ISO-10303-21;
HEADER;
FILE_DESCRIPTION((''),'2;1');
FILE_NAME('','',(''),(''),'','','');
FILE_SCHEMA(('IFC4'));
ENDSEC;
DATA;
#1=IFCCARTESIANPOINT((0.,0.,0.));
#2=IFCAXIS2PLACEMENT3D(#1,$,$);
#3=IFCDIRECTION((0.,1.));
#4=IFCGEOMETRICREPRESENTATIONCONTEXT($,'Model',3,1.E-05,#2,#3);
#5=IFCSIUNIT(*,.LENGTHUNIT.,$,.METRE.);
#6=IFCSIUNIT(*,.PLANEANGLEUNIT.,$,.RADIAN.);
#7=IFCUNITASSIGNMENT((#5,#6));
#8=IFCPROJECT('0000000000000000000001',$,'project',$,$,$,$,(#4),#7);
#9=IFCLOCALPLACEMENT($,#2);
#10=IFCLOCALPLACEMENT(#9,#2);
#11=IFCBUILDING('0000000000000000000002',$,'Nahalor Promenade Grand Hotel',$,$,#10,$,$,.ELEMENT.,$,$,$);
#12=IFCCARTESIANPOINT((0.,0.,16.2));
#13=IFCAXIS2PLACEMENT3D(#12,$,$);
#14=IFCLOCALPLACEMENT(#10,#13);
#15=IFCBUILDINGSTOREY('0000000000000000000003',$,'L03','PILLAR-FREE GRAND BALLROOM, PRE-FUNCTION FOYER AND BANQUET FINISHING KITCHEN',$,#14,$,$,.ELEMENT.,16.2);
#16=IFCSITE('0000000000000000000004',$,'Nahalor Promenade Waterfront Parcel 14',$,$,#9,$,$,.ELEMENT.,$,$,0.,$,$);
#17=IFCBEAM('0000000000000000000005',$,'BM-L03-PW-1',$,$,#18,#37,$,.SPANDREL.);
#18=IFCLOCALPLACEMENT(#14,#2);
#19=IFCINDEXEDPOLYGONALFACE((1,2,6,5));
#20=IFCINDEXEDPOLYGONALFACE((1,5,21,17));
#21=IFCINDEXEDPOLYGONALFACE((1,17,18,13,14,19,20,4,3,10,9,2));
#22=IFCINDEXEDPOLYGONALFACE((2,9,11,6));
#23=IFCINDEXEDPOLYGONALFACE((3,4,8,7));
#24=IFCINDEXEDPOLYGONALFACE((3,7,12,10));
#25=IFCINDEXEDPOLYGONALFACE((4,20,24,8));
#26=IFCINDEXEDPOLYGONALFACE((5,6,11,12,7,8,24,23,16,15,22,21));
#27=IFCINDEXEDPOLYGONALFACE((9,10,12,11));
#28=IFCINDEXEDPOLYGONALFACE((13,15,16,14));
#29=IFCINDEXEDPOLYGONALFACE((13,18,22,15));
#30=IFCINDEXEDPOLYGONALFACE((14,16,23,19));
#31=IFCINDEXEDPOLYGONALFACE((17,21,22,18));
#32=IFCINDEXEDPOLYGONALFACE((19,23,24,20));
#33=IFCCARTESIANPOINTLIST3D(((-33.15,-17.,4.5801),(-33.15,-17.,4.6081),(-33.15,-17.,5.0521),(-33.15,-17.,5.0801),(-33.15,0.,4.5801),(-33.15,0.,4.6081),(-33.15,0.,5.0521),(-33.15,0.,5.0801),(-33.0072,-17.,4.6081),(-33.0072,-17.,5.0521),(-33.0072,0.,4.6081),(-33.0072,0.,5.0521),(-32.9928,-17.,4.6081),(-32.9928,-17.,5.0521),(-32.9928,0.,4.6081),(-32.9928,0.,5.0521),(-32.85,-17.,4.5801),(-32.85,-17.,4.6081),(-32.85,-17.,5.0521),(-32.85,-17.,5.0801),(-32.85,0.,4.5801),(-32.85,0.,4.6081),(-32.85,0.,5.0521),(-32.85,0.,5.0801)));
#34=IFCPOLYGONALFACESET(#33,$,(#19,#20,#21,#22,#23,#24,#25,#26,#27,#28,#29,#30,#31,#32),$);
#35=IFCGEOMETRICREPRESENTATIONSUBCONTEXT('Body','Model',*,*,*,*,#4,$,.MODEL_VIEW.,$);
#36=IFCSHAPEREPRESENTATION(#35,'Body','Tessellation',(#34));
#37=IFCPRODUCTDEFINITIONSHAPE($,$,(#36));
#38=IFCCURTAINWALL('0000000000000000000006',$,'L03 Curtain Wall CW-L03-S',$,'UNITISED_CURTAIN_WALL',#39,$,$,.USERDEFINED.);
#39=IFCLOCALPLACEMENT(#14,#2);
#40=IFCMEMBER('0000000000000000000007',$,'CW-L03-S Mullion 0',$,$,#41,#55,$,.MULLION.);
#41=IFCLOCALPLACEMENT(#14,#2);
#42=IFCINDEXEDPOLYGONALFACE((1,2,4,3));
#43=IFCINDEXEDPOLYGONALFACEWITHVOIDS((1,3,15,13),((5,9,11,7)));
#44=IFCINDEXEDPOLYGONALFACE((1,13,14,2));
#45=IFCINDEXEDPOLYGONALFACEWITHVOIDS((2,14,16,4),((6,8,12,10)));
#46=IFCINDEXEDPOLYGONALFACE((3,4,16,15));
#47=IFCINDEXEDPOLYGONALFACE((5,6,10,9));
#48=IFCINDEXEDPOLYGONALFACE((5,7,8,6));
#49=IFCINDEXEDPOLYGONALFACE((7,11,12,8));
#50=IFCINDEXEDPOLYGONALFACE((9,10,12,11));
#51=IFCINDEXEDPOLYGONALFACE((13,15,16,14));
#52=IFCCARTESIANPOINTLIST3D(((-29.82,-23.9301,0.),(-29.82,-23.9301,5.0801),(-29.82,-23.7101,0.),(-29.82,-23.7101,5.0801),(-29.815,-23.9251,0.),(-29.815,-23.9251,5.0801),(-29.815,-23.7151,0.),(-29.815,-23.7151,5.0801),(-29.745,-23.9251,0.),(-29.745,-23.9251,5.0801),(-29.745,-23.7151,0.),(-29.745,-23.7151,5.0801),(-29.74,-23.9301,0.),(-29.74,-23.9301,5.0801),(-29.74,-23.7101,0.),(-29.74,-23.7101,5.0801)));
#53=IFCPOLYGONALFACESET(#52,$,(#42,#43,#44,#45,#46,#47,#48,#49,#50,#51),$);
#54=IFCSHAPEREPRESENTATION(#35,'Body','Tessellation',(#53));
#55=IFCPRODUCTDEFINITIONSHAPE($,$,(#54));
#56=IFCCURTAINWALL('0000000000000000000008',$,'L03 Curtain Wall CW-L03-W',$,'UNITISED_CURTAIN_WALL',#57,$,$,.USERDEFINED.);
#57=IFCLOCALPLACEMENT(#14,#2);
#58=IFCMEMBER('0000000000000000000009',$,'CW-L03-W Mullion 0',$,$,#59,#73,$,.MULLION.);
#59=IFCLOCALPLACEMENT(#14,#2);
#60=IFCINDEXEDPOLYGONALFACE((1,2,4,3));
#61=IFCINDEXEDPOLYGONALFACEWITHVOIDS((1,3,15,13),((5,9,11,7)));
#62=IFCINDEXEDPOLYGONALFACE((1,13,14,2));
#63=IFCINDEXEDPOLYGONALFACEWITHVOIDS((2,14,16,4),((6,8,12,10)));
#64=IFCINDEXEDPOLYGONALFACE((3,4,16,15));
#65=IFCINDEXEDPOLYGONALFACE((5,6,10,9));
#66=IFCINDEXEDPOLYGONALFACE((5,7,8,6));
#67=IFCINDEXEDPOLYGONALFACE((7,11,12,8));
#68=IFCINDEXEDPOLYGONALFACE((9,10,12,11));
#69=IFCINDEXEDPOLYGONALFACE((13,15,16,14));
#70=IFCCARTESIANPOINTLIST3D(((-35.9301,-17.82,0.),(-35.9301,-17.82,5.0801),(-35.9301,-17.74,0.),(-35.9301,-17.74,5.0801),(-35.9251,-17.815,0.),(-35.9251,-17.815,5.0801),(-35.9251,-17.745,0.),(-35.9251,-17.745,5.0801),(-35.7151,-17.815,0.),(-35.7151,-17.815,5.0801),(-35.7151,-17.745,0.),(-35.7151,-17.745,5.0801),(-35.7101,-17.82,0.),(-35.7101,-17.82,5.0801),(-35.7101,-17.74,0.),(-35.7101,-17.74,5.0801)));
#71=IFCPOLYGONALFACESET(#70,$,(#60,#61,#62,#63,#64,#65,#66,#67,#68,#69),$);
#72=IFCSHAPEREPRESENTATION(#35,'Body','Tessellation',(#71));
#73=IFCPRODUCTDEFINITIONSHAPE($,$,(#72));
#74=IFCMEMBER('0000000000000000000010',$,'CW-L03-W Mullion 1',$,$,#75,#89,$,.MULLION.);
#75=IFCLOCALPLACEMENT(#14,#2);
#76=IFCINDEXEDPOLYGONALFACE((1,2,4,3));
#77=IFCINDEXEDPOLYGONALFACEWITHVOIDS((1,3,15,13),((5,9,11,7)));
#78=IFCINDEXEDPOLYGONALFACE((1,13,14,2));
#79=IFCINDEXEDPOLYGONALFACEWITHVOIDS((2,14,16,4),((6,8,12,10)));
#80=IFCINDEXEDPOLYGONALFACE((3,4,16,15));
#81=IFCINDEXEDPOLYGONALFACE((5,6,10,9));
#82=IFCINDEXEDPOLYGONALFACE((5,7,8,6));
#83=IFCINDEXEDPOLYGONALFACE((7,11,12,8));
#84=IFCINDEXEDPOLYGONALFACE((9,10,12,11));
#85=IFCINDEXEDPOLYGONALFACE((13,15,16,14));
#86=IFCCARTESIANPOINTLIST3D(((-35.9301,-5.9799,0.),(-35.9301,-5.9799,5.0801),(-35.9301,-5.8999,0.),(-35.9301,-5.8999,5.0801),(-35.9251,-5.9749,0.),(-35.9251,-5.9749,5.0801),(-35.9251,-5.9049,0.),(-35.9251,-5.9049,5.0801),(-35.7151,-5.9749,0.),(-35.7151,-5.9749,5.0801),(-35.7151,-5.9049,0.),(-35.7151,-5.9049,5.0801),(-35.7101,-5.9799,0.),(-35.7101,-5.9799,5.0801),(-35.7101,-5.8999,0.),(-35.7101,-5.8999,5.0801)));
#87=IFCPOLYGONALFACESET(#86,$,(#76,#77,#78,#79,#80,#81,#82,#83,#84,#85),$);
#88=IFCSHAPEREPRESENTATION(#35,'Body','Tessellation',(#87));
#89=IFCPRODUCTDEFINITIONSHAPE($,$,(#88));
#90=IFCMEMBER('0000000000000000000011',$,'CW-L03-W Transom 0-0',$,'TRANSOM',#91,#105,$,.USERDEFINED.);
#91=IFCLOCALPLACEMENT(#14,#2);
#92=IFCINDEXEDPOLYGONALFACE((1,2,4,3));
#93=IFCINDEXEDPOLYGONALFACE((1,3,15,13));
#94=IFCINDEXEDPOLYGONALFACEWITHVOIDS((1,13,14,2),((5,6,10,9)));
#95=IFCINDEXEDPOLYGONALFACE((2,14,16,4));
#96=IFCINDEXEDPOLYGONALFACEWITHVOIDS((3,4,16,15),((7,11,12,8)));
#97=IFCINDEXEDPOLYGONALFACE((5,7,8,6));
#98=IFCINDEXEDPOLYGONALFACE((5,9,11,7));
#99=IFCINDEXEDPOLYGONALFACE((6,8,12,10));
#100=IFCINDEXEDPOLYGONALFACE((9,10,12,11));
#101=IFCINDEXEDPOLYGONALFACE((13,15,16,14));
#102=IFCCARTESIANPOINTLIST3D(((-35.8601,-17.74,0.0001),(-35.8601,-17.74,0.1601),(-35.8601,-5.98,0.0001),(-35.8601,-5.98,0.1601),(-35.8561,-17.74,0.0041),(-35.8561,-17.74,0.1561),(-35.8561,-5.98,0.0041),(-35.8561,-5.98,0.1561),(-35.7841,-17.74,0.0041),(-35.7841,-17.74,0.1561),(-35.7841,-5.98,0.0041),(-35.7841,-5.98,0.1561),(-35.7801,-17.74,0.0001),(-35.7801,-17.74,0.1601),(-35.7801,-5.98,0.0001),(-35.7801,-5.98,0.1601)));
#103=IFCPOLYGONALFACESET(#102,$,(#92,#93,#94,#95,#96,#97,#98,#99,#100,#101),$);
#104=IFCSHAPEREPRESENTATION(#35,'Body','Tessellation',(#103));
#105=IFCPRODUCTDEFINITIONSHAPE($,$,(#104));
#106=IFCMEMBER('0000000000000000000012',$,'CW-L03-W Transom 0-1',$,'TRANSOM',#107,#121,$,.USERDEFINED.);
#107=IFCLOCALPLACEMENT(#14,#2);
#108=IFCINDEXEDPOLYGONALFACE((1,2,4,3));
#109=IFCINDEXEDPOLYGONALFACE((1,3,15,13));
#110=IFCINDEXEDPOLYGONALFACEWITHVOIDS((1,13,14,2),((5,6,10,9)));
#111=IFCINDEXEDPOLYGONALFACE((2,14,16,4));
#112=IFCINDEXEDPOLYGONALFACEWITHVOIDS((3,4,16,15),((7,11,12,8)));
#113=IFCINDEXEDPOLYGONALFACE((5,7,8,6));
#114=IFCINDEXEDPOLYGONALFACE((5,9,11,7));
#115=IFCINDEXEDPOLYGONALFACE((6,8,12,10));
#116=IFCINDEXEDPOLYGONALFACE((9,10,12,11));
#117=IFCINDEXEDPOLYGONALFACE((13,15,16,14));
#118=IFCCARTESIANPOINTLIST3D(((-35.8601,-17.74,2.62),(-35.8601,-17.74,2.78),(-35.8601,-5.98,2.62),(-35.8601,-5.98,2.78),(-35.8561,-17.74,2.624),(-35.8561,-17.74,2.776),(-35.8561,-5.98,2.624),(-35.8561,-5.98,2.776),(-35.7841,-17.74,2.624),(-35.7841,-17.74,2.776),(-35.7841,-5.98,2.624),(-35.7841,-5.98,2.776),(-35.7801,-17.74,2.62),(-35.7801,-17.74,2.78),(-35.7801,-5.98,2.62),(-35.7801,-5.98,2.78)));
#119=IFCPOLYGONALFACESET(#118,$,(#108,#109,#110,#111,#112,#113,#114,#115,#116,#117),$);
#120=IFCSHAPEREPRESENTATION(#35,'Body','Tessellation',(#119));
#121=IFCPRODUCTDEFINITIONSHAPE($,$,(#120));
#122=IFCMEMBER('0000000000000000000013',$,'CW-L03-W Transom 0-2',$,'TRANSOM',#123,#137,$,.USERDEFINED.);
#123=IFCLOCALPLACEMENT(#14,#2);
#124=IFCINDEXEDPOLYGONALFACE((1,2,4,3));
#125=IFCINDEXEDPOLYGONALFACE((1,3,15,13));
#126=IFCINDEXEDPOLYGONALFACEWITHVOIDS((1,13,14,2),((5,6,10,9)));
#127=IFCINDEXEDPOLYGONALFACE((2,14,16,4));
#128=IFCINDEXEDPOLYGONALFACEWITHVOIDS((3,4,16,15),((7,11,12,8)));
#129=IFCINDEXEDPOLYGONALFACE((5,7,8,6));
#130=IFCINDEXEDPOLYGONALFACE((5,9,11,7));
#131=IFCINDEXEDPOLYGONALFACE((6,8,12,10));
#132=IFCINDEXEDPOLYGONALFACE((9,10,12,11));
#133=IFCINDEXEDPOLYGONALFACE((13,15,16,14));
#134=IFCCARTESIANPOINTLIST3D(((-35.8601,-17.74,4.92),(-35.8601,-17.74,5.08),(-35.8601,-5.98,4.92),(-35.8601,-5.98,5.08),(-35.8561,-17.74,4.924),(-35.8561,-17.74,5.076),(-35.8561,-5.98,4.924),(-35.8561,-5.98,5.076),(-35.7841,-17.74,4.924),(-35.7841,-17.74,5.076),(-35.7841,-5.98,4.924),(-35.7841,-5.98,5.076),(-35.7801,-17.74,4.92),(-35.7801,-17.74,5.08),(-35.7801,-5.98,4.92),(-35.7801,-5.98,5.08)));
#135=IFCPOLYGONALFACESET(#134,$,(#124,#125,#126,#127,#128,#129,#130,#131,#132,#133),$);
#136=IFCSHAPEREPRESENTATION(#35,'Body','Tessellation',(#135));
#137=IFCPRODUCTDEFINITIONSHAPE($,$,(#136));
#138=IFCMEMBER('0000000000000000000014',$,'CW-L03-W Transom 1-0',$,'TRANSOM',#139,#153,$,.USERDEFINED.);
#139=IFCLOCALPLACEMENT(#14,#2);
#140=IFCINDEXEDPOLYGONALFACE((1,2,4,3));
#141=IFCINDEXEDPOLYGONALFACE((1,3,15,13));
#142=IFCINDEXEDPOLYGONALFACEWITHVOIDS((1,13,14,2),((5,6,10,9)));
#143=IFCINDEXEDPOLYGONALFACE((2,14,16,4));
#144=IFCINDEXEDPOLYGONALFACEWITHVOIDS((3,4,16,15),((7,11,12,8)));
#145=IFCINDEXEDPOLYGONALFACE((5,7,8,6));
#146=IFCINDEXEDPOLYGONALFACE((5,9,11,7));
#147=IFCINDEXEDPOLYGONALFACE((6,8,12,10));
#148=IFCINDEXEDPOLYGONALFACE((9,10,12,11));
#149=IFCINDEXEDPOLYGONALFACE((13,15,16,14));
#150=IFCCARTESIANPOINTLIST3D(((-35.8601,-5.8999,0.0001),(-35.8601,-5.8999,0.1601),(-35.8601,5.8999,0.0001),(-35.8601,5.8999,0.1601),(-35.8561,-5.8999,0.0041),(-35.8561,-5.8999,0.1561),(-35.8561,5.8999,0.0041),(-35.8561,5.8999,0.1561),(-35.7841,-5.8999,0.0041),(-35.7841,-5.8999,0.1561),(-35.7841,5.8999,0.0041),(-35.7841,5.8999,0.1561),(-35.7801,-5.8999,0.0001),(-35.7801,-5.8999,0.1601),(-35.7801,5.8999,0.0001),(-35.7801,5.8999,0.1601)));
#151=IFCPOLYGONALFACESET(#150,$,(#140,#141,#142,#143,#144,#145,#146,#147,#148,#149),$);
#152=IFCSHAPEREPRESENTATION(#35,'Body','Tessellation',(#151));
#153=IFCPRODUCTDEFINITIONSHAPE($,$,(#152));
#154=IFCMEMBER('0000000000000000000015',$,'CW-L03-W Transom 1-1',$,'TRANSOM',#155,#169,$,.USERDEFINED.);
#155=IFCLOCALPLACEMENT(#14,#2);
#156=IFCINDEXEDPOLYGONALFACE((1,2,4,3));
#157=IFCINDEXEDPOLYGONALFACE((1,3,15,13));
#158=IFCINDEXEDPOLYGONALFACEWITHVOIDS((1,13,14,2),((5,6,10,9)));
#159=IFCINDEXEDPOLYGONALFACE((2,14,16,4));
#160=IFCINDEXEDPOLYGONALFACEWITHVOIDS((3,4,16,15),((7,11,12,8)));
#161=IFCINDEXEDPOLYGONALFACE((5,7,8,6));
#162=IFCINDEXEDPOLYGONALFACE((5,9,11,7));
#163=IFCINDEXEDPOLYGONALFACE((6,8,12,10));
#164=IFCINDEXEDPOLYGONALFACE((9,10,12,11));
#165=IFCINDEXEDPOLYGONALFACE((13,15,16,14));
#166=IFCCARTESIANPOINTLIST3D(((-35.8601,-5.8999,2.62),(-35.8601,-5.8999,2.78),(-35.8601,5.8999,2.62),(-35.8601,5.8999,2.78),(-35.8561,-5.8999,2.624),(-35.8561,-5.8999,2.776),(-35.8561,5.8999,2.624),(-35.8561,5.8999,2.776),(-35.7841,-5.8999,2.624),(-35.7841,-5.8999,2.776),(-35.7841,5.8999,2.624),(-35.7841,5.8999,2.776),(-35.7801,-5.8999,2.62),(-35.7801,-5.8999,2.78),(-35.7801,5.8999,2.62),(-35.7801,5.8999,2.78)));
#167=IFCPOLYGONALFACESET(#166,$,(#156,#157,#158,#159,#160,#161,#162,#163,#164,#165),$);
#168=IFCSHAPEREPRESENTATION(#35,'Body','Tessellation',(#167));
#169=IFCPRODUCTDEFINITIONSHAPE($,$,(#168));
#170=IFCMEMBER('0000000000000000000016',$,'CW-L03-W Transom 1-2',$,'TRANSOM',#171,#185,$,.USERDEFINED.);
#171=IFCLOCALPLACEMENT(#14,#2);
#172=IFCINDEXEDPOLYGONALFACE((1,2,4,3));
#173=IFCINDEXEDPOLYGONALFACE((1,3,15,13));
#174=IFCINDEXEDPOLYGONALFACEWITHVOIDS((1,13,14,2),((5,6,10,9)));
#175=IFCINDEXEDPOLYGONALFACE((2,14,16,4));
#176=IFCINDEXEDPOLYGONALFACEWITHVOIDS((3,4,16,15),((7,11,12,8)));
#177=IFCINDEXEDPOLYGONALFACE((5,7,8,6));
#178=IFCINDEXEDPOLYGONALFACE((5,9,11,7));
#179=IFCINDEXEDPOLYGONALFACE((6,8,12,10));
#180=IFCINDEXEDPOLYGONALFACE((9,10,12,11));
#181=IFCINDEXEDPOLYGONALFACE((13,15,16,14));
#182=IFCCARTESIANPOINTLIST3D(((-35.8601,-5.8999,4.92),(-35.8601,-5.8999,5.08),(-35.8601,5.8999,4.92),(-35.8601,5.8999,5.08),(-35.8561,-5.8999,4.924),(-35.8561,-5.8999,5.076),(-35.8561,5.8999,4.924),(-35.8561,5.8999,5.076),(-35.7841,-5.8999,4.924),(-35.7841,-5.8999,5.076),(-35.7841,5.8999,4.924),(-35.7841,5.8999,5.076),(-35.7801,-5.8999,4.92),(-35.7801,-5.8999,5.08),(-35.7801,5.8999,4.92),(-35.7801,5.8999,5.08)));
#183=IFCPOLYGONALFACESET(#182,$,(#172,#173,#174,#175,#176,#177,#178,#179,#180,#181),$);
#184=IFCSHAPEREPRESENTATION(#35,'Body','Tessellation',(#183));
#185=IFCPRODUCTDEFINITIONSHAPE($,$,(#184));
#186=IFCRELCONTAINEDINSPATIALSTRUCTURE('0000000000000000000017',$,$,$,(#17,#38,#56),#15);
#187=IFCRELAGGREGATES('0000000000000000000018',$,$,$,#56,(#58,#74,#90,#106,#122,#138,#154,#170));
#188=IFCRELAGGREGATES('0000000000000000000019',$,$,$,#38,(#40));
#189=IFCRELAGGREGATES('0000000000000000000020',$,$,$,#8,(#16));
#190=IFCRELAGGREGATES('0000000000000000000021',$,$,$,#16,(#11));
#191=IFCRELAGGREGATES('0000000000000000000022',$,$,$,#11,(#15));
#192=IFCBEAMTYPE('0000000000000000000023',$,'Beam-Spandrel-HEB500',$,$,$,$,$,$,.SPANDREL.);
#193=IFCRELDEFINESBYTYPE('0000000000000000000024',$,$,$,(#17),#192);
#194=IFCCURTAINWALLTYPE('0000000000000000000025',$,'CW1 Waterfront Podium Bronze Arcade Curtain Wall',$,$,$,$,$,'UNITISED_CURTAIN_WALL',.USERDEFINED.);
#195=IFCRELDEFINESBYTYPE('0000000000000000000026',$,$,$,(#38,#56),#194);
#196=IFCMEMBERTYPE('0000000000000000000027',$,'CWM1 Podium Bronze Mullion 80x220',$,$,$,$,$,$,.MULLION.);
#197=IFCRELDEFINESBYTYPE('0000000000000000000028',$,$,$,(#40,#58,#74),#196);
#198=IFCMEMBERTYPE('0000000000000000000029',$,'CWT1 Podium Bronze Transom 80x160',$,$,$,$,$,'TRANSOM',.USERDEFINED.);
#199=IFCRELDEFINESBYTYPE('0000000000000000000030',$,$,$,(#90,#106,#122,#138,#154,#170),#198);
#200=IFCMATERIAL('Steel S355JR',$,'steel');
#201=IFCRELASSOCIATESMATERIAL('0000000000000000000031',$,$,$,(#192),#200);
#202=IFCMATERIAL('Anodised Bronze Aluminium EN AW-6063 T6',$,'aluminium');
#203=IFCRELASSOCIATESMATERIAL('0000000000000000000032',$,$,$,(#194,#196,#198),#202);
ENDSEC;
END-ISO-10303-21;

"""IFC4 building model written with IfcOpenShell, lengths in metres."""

from ifc_helpers import new_model, si_unit, direction, frame, origin, origin_2d, place, context, subcontext, project, spatial, hollow_rectangle, i_section, extrude, source, transform, mapped, material, material_profile, profile_set, type_object, element, aggregate, save


model = new_model("IFC4")

# Units and contexts
model_context = context("Model", 3, precision=1e-05, world=origin(), true_north=direction((0.0, 1.0)))
body_context = subcontext(model_context, "Body", "Model", "MODEL_VIEW")
ifc_project = project(units=[si_unit("LENGTHUNIT", "METRE"), si_unit("PLANEANGLEUNIT", "RADIAN")], contexts=[model_context])

# Site, building, storey
site_placement = place(None, origin())
site = spatial("IfcSite", under=ifc_project, at=site_placement, Name="Nahalor Promenade Waterfront Parcel 14", CompositionType="ELEMENT", RefElevation=0.0)
building_placement = place(site_placement, origin())
building = spatial("IfcBuilding", under=site, at=building_placement, Name="Nahalor Promenade Grand Hotel", CompositionType="ELEMENT")
storey_placement = place(building_placement, frame((0.0, 0.0, 16.2)))
storey = spatial("IfcBuildingStorey", under=building, at=storey_placement, Name="L03", Description="PILLAR-FREE GRAND BALLROOM, PRE-FUNCTION FOYER AND BANQUET FINISHING KITCHEN", CompositionType="ELEMENT", Elevation=16.2)

# Beam
ifc_material_1 = material(Name="Steel S355JR", Category="steel")
ifc_material_profile_1 = material_profile(ifc_material_1, i_section(OverallWidth=0.3, OverallDepth=0.5, WebThickness=0.0145, FlangeThickness=0.028, at=origin_2d()), Name="HEB 500")
ifc_profile_set_1 = profile_set([ifc_material_profile_1], Name="Steel S355JR")
beam_type_1 = type_object("IfcBeamType", Name="Beam-Spandrel-HEB500", PredefinedType="SPANDREL", material=ifc_profile_set_1)
shared_shape_1 = source(origin(), body_context, "Body", "SweptSolid", [
    extrude(i_section(OverallWidth=0.3, OverallDepth=0.5, WebThickness=0.0145, FlangeThickness=0.028, at=origin_2d()), origin(), (0.0, 0.0, 1.0), 17.0),
])
beam_1_placement = place(storey_placement, frame((-33.0, -17.0, 4.8301), z_axis=(0.0, 1.0, 0.0), x_axis=(-1.0, 0.0, 0.0)))
element("IfcBeam", 1, at=beam_1_placement, inside=storey, type_object=beam_type_1, Name="BM-L03-PW-1", PredefinedType="SPANDREL", context=body_context, shape_type="MappedRepresentation", body=[
    mapped(shared_shape_1, transform((0.0, 0.0, 0.0), scale=1.0)),
])

# Curtain wall, member
ifc_material_2 = material(Name="Anodised Bronze Aluminium EN AW-6063 T6", Category="aluminium")
curtain_wall_type = type_object("IfcCurtainWallType", Name="CW1 Waterfront Podium Bronze Arcade Curtain Wall", ElementType="UNITISED_CURTAIN_WALL", PredefinedType="USERDEFINED", material=ifc_material_2)
curtain_wall_1_placement = place(storey_placement, origin())
curtain_wall_1 = element("IfcCurtainWall", 2, at=curtain_wall_1_placement, inside=storey, type_object=curtain_wall_type, Name="L03 Curtain Wall CW-L03-S", ObjectType="UNITISED_CURTAIN_WALL", PredefinedType="USERDEFINED")
ifc_material_profile_2 = material_profile(ifc_material_2, hollow_rectangle(XDim=0.08, YDim=0.22, WallThickness=0.005, at=origin_2d()), Name="CWM 80x220x5")
ifc_profile_set_2 = profile_set([ifc_material_profile_2], Name="Anodised Bronze Aluminium EN AW-6063 T6")
member_type_1 = type_object("IfcMemberType", Name="CWM1 Podium Bronze Mullion 80x220", PredefinedType="MULLION", material=ifc_profile_set_2)
shared_shape_2 = source(origin(), body_context, "Body", "SweptSolid", [
    extrude(hollow_rectangle(XDim=0.08, YDim=0.22, WallThickness=0.005, at=origin_2d()), origin(), (0.0, 0.0, 1.0), 5.0801),
])
member_1_placement = place(storey_placement, frame((-29.78, -23.8201, 0.0), z_axis=(0.0, 0.0, 1.0), x_axis=(1.0, 0.0, 0.0)))
member_1 = element("IfcMember", 3, at=member_1_placement, type_object=member_type_1, Name="CW-L03-S Mullion 0", PredefinedType="MULLION", context=body_context, shape_type="MappedRepresentation", body=[
    mapped(shared_shape_2, transform((0.0, 0.0, 0.0), scale=1.0)),
])

# Curtain wall, members
curtain_wall_2_placement = place(storey_placement, origin())
curtain_wall_2 = element("IfcCurtainWall", 4, at=curtain_wall_2_placement, inside=storey, type_object=curtain_wall_type, Name="L03 Curtain Wall CW-L03-W", ObjectType="UNITISED_CURTAIN_WALL", PredefinedType="USERDEFINED")
member_2_placement = place(storey_placement, frame((-35.8201, -17.78, 0.0), z_axis=(0.0, 0.0, 1.0), x_axis=(0.0, 1.0, 0.0)))
member_2 = element("IfcMember", 5, at=member_2_placement, type_object=member_type_1, Name="CW-L03-W Mullion 0", PredefinedType="MULLION", context=body_context, shape_type="MappedRepresentation", body=[
    mapped(shared_shape_2, transform((0.0, 0.0, 0.0), scale=1.0)),
])
member_3_placement = place(storey_placement, frame((-35.8201, -5.9399, 0.0), z_axis=(0.0, 0.0, 1.0), x_axis=(0.0, 1.0, 0.0)))
member_3 = element("IfcMember", 6, at=member_3_placement, type_object=member_type_1, Name="CW-L03-W Mullion 1", PredefinedType="MULLION", context=body_context, shape_type="MappedRepresentation", body=[
    mapped(shared_shape_2, transform((0.0, 0.0, 0.0), scale=1.0)),
])
ifc_material_profile_3 = material_profile(ifc_material_2, hollow_rectangle(XDim=0.08, YDim=0.16, WallThickness=0.004, at=origin_2d()), Name="CWT 80x160x4")
ifc_profile_set_3 = profile_set([ifc_material_profile_3], Name="Anodised Bronze Aluminium EN AW-6063 T6")
member_type_2 = type_object("IfcMemberType", Name="CWT1 Podium Bronze Transom 80x160", ElementType="TRANSOM", PredefinedType="USERDEFINED", material=ifc_profile_set_3)
shared_shape_3 = source(origin(), body_context, "Body", "SweptSolid", [
    extrude(hollow_rectangle(XDim=0.08, YDim=0.16, WallThickness=0.004, at=origin_2d()), origin(), (0.0, 0.0, 1.0), 11.76),
])
member_4_placement = place(storey_placement, frame((-35.8201, -17.74, 0.0801), z_axis=(0.0, 1.0, 0.0), x_axis=(-1.0, 0.0, 0.0)))
member_4 = element("IfcMember", 7, at=member_4_placement, type_object=member_type_2, Name="CW-L03-W Transom 0-0", ObjectType="TRANSOM", PredefinedType="USERDEFINED", context=body_context, shape_type="MappedRepresentation", body=[
    mapped(shared_shape_3, transform((0.0, 0.0, 0.0), scale=1.0)),
])
member_5_placement = place(storey_placement, frame((-35.8201, -17.74, 2.7), z_axis=(0.0, 1.0, 0.0), x_axis=(-1.0, 0.0, 0.0)))
member_5 = element("IfcMember", 8, at=member_5_placement, type_object=member_type_2, Name="CW-L03-W Transom 0-1", ObjectType="TRANSOM", PredefinedType="USERDEFINED", context=body_context, shape_type="MappedRepresentation", body=[
    mapped(shared_shape_3, transform((0.0, 0.0, 0.0), scale=1.0)),
])
member_6_placement = place(storey_placement, frame((-35.8201, -17.74, 5.0), z_axis=(0.0, 1.0, 0.0), x_axis=(-1.0, 0.0, 0.0)))
member_6 = element("IfcMember", 9, at=member_6_placement, type_object=member_type_2, Name="CW-L03-W Transom 0-2", ObjectType="TRANSOM", PredefinedType="USERDEFINED", context=body_context, shape_type="MappedRepresentation", body=[
    mapped(shared_shape_3, transform((0.0, 0.0, 0.0), scale=1.0)),
])
shared_shape_4 = source(origin(), body_context, "Body", "SweptSolid", [
    extrude(hollow_rectangle(XDim=0.08, YDim=0.16, WallThickness=0.004, at=origin_2d()), origin(), (0.0, 0.0, 1.0), 11.7998),
])
member_7_placement = place(storey_placement, frame((-35.8201, -5.8999, 0.0801), z_axis=(0.0, 1.0, 0.0), x_axis=(-1.0, 0.0, 0.0)))
member_7 = element("IfcMember", 10, at=member_7_placement, type_object=member_type_2, Name="CW-L03-W Transom 1-0", ObjectType="TRANSOM", PredefinedType="USERDEFINED", context=body_context, shape_type="MappedRepresentation", body=[
    mapped(shared_shape_4, transform((0.0, 0.0, 0.0), scale=1.0)),
])
member_8_placement = place(storey_placement, frame((-35.8201, -5.8999, 2.7), z_axis=(0.0, 1.0, 0.0), x_axis=(-1.0, 0.0, 0.0)))
member_8 = element("IfcMember", 11, at=member_8_placement, type_object=member_type_2, Name="CW-L03-W Transom 1-1", ObjectType="TRANSOM", PredefinedType="USERDEFINED", context=body_context, shape_type="MappedRepresentation", body=[
    mapped(shared_shape_4, transform((0.0, 0.0, 0.0), scale=1.0)),
])
member_9_placement = place(storey_placement, frame((-35.8201, -5.8999, 5.0), z_axis=(0.0, 1.0, 0.0), x_axis=(-1.0, 0.0, 0.0)))
member_9 = element("IfcMember", 12, at=member_9_placement, type_object=member_type_2, Name="CW-L03-W Transom 1-2", ObjectType="TRANSOM", PredefinedType="USERDEFINED", context=body_context, shape_type="MappedRepresentation", body=[
    mapped(shared_shape_4, transform((0.0, 0.0, 0.0), scale=1.0)),
])

aggregate(curtain_wall_2, [member_2, member_3, member_4, member_5, member_6, member_7, member_8, member_9])
aggregate(curtain_wall_1, [member_1])

save(model, "model.ifc")
